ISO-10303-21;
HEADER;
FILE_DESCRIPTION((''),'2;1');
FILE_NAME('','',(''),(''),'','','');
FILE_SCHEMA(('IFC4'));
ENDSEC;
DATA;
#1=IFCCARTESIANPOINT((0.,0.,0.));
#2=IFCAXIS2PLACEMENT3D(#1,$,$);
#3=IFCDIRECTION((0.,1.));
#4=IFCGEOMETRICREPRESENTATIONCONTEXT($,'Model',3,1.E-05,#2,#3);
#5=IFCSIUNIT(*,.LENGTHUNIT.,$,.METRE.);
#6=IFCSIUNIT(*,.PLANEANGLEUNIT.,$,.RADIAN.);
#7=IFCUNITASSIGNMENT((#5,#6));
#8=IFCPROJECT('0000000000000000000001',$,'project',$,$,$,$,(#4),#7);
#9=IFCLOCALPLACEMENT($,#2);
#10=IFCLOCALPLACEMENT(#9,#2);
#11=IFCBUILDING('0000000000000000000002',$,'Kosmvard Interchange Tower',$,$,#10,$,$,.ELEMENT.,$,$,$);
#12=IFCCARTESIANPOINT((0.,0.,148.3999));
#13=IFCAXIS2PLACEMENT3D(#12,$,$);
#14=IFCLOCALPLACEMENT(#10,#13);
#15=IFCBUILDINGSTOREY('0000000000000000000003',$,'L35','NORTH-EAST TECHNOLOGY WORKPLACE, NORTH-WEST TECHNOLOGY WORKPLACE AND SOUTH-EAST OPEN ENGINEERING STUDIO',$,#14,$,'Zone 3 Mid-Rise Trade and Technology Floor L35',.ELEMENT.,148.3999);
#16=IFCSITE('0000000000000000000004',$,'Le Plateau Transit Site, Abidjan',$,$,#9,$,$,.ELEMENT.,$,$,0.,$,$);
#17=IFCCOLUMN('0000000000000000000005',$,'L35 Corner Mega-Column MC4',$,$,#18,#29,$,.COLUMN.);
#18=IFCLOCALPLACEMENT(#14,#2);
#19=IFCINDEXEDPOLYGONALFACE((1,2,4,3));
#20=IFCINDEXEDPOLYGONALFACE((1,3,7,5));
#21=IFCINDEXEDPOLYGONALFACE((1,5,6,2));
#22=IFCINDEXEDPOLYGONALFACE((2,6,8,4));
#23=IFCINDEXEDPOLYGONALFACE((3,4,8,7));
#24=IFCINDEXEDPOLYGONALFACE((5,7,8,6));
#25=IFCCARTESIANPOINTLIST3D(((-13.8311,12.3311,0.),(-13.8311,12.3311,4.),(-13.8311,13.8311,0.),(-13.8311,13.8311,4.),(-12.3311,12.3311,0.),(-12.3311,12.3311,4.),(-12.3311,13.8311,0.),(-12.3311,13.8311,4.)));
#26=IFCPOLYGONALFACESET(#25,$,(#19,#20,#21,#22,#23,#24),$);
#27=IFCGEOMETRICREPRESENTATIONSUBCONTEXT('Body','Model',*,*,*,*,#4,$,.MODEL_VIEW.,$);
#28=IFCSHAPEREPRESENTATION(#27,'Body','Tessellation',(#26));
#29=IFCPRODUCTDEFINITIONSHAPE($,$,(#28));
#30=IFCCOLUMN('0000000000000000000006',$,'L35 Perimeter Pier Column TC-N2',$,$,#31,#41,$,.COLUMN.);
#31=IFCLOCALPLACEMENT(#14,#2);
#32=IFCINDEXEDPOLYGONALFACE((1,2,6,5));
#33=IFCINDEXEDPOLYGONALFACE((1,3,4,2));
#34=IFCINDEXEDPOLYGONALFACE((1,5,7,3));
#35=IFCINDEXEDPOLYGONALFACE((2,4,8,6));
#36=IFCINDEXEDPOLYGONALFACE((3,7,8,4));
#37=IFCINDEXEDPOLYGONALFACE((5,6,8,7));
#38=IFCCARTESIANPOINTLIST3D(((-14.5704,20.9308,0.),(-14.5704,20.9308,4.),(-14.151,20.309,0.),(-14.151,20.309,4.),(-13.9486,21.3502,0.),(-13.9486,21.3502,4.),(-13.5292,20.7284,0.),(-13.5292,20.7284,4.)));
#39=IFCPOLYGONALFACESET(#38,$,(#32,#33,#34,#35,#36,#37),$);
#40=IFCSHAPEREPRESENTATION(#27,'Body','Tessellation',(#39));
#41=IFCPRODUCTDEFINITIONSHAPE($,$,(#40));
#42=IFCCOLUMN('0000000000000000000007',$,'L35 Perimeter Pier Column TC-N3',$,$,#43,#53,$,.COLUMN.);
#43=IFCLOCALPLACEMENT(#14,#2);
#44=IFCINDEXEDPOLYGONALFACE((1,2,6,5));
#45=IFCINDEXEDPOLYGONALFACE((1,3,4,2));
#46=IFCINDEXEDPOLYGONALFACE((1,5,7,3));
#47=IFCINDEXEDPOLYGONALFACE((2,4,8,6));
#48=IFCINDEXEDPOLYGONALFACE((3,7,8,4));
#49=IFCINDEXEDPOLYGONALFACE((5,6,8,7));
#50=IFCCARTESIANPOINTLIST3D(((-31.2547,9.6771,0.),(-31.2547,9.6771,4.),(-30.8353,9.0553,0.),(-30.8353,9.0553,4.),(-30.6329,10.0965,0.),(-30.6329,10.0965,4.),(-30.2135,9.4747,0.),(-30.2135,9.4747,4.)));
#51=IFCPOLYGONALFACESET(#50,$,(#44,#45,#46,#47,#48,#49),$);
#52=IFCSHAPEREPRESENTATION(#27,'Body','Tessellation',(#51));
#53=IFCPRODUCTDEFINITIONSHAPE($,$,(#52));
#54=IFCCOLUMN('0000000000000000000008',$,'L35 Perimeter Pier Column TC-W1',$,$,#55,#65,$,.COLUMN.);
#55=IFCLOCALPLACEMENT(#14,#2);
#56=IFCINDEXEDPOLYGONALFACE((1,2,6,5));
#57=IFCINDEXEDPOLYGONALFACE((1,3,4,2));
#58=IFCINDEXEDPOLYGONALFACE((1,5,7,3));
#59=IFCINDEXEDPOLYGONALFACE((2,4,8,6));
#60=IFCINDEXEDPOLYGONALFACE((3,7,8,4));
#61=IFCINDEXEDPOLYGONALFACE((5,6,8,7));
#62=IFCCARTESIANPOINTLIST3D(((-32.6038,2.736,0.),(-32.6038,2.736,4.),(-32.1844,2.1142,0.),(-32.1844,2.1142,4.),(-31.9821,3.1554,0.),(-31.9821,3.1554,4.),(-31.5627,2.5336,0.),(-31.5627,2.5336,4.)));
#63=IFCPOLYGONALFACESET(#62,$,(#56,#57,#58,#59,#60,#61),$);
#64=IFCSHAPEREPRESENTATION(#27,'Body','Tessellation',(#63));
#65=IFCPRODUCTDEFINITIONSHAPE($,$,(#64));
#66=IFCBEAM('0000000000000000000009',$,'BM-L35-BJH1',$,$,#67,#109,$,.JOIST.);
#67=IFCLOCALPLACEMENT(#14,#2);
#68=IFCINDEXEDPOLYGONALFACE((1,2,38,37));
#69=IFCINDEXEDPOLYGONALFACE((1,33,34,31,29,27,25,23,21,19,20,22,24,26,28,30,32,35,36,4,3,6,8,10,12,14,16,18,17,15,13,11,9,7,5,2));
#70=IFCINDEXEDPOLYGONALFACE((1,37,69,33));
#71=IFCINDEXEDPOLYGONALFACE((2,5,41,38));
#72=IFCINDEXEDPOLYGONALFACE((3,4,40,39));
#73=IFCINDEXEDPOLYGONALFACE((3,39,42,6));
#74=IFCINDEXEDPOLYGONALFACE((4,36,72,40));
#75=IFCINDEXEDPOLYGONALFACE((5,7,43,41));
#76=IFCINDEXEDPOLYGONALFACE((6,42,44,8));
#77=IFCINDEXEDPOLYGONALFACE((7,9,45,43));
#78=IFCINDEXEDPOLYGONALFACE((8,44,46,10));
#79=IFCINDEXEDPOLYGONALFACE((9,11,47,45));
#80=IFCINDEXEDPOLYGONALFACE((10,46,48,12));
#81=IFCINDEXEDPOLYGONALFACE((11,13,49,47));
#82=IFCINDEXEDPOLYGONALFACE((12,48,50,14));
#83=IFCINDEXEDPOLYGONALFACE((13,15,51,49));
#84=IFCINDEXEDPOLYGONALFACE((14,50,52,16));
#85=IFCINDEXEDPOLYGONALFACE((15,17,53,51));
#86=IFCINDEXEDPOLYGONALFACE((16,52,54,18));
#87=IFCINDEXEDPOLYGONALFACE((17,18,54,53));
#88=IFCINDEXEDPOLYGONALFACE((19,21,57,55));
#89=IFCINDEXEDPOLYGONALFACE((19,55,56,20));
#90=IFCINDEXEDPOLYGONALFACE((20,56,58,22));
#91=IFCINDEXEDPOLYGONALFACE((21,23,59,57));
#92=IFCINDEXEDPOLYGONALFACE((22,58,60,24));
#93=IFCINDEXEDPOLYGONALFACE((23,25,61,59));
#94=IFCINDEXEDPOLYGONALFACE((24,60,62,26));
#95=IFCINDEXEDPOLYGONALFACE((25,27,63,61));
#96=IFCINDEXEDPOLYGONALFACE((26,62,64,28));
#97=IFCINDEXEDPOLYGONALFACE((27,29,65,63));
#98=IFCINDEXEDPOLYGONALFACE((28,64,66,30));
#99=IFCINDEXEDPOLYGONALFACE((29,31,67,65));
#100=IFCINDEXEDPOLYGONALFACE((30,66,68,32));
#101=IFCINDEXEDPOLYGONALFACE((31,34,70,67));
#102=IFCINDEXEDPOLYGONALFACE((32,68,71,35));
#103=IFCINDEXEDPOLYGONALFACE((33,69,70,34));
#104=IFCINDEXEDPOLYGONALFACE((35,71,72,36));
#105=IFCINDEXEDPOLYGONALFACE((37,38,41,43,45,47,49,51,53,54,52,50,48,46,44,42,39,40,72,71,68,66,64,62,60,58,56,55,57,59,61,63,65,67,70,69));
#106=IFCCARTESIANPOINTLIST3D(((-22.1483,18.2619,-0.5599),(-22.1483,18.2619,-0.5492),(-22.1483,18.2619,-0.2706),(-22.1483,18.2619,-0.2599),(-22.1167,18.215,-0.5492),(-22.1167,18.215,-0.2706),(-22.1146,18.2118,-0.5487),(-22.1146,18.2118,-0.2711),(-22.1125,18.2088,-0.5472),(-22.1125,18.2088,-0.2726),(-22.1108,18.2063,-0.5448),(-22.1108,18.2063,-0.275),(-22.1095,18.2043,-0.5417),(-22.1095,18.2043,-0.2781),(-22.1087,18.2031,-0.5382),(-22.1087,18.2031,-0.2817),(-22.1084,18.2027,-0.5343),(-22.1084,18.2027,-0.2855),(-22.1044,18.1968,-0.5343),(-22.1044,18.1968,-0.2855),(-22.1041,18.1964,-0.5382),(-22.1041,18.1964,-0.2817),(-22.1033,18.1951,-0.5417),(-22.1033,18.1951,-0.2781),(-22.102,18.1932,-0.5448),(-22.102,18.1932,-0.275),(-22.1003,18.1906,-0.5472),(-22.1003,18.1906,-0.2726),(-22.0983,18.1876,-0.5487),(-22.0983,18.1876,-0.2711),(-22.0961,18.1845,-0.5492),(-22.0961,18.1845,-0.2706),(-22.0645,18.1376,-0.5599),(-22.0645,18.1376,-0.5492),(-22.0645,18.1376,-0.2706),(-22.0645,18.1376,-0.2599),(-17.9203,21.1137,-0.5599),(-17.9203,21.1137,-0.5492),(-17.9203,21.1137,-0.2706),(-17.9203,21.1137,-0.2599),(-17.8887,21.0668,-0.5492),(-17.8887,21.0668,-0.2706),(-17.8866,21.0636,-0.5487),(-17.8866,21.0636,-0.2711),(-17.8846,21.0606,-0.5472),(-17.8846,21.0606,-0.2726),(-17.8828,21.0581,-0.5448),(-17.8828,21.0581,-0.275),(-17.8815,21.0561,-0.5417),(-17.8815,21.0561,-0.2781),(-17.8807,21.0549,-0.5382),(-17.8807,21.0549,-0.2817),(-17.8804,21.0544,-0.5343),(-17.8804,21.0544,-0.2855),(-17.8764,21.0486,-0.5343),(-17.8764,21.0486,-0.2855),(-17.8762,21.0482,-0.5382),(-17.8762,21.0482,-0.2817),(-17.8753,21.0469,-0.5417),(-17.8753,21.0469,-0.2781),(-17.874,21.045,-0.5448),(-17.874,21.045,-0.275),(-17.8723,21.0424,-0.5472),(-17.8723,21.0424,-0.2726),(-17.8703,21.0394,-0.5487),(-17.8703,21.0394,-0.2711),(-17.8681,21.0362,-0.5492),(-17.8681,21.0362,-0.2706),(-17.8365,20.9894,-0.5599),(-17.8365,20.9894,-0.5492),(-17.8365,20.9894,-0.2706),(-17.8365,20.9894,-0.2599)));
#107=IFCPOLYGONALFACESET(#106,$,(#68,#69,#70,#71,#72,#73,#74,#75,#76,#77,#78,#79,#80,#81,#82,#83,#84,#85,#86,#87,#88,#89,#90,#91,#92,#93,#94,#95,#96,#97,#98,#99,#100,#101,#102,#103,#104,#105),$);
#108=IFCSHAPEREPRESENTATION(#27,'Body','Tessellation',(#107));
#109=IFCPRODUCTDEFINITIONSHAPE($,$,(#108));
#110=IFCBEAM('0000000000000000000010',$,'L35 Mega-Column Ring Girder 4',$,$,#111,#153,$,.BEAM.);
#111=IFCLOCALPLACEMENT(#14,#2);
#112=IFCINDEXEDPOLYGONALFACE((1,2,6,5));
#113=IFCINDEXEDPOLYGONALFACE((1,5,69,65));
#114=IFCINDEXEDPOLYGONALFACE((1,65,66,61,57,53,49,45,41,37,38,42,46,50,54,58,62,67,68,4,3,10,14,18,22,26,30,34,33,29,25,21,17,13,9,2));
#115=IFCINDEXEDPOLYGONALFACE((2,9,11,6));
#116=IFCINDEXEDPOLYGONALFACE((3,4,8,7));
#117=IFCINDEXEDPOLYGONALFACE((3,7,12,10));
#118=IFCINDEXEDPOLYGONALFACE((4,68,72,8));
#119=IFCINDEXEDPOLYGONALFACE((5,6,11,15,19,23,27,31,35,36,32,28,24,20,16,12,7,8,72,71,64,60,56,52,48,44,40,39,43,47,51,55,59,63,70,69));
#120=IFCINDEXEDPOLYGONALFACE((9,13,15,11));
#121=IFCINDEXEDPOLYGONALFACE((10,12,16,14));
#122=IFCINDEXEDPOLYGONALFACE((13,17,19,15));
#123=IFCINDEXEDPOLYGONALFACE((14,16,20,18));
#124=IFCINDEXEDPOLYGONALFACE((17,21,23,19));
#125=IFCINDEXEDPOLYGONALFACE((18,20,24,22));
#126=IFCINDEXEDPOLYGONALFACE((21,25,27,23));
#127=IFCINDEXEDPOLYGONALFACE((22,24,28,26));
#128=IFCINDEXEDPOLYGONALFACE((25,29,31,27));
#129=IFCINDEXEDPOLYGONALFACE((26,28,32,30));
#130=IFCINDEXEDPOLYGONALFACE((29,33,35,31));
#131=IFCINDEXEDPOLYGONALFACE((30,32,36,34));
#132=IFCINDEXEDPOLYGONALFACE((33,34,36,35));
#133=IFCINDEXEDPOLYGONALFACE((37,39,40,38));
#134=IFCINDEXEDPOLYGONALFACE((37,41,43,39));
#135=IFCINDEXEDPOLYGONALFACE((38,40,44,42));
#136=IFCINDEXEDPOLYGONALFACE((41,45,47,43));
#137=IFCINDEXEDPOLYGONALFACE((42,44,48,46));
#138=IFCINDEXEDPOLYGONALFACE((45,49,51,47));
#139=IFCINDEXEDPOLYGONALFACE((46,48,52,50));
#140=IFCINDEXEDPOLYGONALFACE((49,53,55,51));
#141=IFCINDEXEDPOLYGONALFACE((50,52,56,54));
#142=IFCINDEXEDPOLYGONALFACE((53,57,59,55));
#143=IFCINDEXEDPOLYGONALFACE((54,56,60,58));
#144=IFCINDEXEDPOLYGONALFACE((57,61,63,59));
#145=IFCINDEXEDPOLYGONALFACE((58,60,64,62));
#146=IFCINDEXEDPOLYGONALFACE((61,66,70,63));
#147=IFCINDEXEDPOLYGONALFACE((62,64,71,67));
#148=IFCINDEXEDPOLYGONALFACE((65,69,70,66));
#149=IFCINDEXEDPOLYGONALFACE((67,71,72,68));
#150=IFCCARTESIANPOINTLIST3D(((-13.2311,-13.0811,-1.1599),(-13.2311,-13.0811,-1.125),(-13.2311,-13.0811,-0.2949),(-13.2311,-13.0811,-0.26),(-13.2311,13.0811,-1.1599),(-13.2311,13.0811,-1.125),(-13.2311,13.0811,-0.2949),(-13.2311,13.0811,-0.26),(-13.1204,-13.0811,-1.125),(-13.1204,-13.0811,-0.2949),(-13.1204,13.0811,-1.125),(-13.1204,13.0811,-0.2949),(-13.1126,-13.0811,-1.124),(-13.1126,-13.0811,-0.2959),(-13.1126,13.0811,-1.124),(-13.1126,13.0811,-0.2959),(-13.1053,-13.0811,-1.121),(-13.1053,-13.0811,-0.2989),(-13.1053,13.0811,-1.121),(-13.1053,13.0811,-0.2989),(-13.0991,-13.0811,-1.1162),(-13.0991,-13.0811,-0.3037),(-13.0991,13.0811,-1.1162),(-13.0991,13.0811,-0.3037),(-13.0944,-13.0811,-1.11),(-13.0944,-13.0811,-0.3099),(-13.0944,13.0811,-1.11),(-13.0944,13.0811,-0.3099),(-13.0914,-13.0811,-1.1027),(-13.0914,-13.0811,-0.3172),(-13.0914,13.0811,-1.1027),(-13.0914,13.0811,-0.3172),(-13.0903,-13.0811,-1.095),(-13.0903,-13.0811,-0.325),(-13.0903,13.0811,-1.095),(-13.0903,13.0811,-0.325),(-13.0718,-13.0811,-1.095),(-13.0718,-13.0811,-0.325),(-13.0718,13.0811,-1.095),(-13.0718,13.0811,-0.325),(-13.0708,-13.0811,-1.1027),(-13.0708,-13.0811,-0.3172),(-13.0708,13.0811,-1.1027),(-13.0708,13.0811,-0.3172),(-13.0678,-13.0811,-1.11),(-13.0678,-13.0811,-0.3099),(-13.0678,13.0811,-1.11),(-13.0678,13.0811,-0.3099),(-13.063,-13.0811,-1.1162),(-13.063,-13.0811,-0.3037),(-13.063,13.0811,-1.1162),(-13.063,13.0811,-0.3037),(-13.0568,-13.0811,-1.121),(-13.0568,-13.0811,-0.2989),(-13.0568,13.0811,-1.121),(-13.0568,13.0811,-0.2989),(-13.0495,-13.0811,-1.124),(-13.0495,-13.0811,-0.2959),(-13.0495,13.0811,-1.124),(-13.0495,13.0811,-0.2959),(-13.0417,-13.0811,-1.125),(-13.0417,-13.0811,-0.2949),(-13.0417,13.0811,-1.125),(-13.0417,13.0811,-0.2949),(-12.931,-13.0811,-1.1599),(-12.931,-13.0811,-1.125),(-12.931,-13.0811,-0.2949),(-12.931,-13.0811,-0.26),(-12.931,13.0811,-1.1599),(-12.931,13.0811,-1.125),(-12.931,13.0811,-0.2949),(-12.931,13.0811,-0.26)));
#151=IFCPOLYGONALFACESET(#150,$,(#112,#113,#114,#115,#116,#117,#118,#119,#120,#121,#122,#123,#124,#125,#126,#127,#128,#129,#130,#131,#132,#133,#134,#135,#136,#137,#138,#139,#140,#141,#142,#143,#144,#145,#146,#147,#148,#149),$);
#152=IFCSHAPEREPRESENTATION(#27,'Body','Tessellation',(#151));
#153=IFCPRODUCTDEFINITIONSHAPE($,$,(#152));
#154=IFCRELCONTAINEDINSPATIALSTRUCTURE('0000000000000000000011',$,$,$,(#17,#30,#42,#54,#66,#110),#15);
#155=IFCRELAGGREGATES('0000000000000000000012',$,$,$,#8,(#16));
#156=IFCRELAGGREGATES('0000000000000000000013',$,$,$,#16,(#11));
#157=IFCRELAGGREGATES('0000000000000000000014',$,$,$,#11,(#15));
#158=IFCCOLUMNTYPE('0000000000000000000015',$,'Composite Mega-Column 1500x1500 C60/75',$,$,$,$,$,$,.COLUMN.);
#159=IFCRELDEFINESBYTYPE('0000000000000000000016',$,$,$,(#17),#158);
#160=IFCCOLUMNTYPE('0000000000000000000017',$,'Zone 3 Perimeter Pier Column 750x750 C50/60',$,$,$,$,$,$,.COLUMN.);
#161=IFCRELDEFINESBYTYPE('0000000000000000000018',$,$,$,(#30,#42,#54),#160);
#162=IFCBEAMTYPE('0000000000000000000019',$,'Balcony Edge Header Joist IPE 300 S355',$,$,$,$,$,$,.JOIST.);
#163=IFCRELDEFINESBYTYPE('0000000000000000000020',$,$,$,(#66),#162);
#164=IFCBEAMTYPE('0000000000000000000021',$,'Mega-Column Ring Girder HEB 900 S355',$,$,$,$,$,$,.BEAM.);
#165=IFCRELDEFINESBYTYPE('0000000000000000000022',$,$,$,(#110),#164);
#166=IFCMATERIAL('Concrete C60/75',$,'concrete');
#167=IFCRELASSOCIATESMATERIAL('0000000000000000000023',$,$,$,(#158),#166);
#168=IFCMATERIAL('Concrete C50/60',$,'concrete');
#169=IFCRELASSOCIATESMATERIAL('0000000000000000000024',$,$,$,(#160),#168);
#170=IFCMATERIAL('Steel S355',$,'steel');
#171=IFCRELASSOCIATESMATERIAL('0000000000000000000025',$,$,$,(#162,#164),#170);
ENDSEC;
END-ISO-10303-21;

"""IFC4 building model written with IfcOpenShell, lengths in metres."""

from ifc_helpers import new_model, si_unit, direction, frame, origin, origin_2d, place, context, subcontext, project, spatial, rectangle, i_section, extrude, source, transform, mapped, material, material_profile, profile_set, type_object, element, save


model = new_model("IFC4")

# Units and contexts
model_context = context("Model", 3, precision=1e-05, world=origin(), true_north=direction((0.0, 1.0)))
body_context = subcontext(model_context, "Body", "Model", "MODEL_VIEW")
ifc_project = project(units=[si_unit("LENGTHUNIT", "METRE"), si_unit("PLANEANGLEUNIT", "RADIAN")], contexts=[model_context])

# Site, building, storey
site_placement = place(None, origin())
site = spatial("IfcSite", under=ifc_project, at=site_placement, Name="Le Plateau Transit Site, Abidjan", CompositionType="ELEMENT", RefElevation=0.0)
building_placement = place(site_placement, origin())
building = spatial("IfcBuilding", under=site, at=building_placement, Name="Kosmvard Interchange Tower", CompositionType="ELEMENT")
storey_placement = place(building_placement, frame((0.0, 0.0, 148.3999)))
storey = spatial("IfcBuildingStorey", under=building, at=storey_placement, Name="L35", Description="NORTH-EAST TECHNOLOGY WORKPLACE, NORTH-WEST TECHNOLOGY WORKPLACE AND SOUTH-EAST OPEN ENGINEERING STUDIO", LongName="Zone 3 Mid-Rise Trade and Technology Floor L35", CompositionType="ELEMENT", Elevation=148.3999)

# Columns
ifc_material_1 = material(Name="Concrete C60/75", Category="concrete")
ifc_material_profile_1 = material_profile(ifc_material_1, rectangle(XDim=1.5, YDim=1.5, at=origin_2d()), Name="MC 1500x1500")
ifc_profile_set_1 = profile_set([ifc_material_profile_1], Name="Concrete C60/75")
column_type_1 = type_object("IfcColumnType", Name="Composite Mega-Column 1500x1500 C60/75", PredefinedType="COLUMN", material=ifc_profile_set_1)
shared_shape_1 = source(origin(), body_context, "Body", "SweptSolid", [
    extrude(rectangle(XDim=1.5, YDim=1.5, at=origin_2d()), origin(), (0.0, 0.0, 1.0), 4.0),
])
column_placement = place(storey_placement, frame((-13.0811, 13.0811, 0.0), z_axis=(0.0, 0.0, 1.0), x_axis=(1.0, 0.0, 0.0)))
element("IfcColumn", 1, at=column_placement, inside=storey, type_object=column_type_1, Name="L35 Corner Mega-Column MC4", PredefinedType="COLUMN", context=body_context, shape_type="MappedRepresentation", body=[
    mapped(shared_shape_1, transform((0.0, 0.0, 0.0), scale=1.0)),
])
ifc_material_2 = material(Name="Concrete C50/60", Category="concrete")
ifc_material_profile_2 = material_profile(ifc_material_2, rectangle(XDim=0.75, YDim=0.75, at=origin_2d()), Name="TC 750x750")
ifc_profile_set_2 = profile_set([ifc_material_profile_2], Name="Concrete C50/60")
column_type_2 = type_object("IfcColumnType", Name="Zone 3 Perimeter Pier Column 750x750 C50/60", PredefinedType="COLUMN", material=ifc_profile_set_2)
shared_shape_2 = source(origin(), body_context, "Body", "SweptSolid", [
    extrude(rectangle(XDim=0.75, YDim=0.75, at=origin_2d()), origin(), (0.0, 0.0, 1.0), 4.0),
])
for number, where, z_axis, x_axis, name in (
    (2, (-14.0498, 20.8296, 0.0), (0.0, 0.0, 1.0), (0.829038, 0.559193, 0.0), "L35 Perimeter Pier Column TC-N2"),
    (3, (-30.7341, 9.5759, 0.0), (0.0, 0.0, 1.0), (0.829038, 0.559193, 0.0), "L35 Perimeter Pier Column TC-N3"),
    (4, (-32.0833, 2.6348, 0.0), (0.0, 0.0, 1.0), (0.829038, 0.559193, 0.0), "L35 Perimeter Pier Column TC-W1"),
):
    element("IfcColumn", number, at=place(storey_placement, frame(where, z_axis=z_axis, x_axis=x_axis)), inside=storey, type_object=column_type_2, Name=name, PredefinedType="COLUMN", context=body_context, shape_type="MappedRepresentation", body=[
        mapped(shared_shape_2, transform((0.0, 0.0, 0.0), scale=1.0)),
    ])

# Beams
ifc_material_3 = material(Name="Steel S355", Category="steel")
ifc_material_profile_3 = material_profile(ifc_material_3, i_section(OverallWidth=0.1499, OverallDepth=0.3, WebThickness=0.0071, FlangeThickness=0.0107, FilletRadius=0.0149, at=origin_2d()), Name="IPE 300")
ifc_profile_set_3 = profile_set([ifc_material_profile_3], Name="Steel S355")
beam_type_1 = type_object("IfcBeamType", Name="Balcony Edge Header Joist IPE 300 S355", PredefinedType="JOIST", material=ifc_profile_set_3)
shared_shape_3 = source(origin(), body_context, "Body", "SweptSolid", [
    extrude(i_section(OverallWidth=0.1499, OverallDepth=0.3, WebThickness=0.0071, FlangeThickness=0.0107, FilletRadius=0.0149, at=origin_2d()), origin(), (0.0, 0.0, 1.0), 5.0999),
])
beam_1_placement = place(storey_placement, frame((-17.8784, 21.0515, -0.4099), z_axis=(-0.829041, -0.559188, 0.0), x_axis=(0.559188, -0.829041, 0.0)))
element("IfcBeam", 5, at=beam_1_placement, inside=storey, type_object=beam_type_1, Name="BM-L35-BJH1", PredefinedType="JOIST", context=body_context, shape_type="MappedRepresentation", body=[
    mapped(shared_shape_3, transform((0.0, 0.0, 0.0), scale=1.0)),
])
ifc_material_profile_4 = material_profile(ifc_material_3, i_section(OverallWidth=0.3, OverallDepth=0.8999, WebThickness=0.0186, FlangeThickness=0.0349, FilletRadius=0.03, at=origin_2d()), Name="HEB 900")
ifc_profile_set_4 = profile_set([ifc_material_profile_4], Name="Steel S355")
beam_type_2 = type_object("IfcBeamType", Name="Mega-Column Ring Girder HEB 900 S355", PredefinedType="BEAM", material=ifc_profile_set_4)
shared_shape_4 = source(origin(), body_context, "Body", "SweptSolid", [
    extrude(i_section(OverallWidth=0.3, OverallDepth=0.8999, WebThickness=0.0186, FlangeThickness=0.0349, FilletRadius=0.03, at=origin_2d()), origin(), (0.0, 0.0, 1.0), 26.1621),
])
beam_2_placement = place(storey_placement, frame((-13.0811, 13.0811, -0.71), z_axis=(0.0, -1.0, 0.0), x_axis=(1.0, 0.0, 0.0)))
element("IfcBeam", 6, at=beam_2_placement, inside=storey, type_object=beam_type_2, Name="L35 Mega-Column Ring Girder 4", PredefinedType="BEAM", context=body_context, shape_type="MappedRepresentation", body=[
    mapped(shared_shape_4, transform((0.0, 0.0, 0.0), scale=1.0)),
])

save(model, "model.ifc")
